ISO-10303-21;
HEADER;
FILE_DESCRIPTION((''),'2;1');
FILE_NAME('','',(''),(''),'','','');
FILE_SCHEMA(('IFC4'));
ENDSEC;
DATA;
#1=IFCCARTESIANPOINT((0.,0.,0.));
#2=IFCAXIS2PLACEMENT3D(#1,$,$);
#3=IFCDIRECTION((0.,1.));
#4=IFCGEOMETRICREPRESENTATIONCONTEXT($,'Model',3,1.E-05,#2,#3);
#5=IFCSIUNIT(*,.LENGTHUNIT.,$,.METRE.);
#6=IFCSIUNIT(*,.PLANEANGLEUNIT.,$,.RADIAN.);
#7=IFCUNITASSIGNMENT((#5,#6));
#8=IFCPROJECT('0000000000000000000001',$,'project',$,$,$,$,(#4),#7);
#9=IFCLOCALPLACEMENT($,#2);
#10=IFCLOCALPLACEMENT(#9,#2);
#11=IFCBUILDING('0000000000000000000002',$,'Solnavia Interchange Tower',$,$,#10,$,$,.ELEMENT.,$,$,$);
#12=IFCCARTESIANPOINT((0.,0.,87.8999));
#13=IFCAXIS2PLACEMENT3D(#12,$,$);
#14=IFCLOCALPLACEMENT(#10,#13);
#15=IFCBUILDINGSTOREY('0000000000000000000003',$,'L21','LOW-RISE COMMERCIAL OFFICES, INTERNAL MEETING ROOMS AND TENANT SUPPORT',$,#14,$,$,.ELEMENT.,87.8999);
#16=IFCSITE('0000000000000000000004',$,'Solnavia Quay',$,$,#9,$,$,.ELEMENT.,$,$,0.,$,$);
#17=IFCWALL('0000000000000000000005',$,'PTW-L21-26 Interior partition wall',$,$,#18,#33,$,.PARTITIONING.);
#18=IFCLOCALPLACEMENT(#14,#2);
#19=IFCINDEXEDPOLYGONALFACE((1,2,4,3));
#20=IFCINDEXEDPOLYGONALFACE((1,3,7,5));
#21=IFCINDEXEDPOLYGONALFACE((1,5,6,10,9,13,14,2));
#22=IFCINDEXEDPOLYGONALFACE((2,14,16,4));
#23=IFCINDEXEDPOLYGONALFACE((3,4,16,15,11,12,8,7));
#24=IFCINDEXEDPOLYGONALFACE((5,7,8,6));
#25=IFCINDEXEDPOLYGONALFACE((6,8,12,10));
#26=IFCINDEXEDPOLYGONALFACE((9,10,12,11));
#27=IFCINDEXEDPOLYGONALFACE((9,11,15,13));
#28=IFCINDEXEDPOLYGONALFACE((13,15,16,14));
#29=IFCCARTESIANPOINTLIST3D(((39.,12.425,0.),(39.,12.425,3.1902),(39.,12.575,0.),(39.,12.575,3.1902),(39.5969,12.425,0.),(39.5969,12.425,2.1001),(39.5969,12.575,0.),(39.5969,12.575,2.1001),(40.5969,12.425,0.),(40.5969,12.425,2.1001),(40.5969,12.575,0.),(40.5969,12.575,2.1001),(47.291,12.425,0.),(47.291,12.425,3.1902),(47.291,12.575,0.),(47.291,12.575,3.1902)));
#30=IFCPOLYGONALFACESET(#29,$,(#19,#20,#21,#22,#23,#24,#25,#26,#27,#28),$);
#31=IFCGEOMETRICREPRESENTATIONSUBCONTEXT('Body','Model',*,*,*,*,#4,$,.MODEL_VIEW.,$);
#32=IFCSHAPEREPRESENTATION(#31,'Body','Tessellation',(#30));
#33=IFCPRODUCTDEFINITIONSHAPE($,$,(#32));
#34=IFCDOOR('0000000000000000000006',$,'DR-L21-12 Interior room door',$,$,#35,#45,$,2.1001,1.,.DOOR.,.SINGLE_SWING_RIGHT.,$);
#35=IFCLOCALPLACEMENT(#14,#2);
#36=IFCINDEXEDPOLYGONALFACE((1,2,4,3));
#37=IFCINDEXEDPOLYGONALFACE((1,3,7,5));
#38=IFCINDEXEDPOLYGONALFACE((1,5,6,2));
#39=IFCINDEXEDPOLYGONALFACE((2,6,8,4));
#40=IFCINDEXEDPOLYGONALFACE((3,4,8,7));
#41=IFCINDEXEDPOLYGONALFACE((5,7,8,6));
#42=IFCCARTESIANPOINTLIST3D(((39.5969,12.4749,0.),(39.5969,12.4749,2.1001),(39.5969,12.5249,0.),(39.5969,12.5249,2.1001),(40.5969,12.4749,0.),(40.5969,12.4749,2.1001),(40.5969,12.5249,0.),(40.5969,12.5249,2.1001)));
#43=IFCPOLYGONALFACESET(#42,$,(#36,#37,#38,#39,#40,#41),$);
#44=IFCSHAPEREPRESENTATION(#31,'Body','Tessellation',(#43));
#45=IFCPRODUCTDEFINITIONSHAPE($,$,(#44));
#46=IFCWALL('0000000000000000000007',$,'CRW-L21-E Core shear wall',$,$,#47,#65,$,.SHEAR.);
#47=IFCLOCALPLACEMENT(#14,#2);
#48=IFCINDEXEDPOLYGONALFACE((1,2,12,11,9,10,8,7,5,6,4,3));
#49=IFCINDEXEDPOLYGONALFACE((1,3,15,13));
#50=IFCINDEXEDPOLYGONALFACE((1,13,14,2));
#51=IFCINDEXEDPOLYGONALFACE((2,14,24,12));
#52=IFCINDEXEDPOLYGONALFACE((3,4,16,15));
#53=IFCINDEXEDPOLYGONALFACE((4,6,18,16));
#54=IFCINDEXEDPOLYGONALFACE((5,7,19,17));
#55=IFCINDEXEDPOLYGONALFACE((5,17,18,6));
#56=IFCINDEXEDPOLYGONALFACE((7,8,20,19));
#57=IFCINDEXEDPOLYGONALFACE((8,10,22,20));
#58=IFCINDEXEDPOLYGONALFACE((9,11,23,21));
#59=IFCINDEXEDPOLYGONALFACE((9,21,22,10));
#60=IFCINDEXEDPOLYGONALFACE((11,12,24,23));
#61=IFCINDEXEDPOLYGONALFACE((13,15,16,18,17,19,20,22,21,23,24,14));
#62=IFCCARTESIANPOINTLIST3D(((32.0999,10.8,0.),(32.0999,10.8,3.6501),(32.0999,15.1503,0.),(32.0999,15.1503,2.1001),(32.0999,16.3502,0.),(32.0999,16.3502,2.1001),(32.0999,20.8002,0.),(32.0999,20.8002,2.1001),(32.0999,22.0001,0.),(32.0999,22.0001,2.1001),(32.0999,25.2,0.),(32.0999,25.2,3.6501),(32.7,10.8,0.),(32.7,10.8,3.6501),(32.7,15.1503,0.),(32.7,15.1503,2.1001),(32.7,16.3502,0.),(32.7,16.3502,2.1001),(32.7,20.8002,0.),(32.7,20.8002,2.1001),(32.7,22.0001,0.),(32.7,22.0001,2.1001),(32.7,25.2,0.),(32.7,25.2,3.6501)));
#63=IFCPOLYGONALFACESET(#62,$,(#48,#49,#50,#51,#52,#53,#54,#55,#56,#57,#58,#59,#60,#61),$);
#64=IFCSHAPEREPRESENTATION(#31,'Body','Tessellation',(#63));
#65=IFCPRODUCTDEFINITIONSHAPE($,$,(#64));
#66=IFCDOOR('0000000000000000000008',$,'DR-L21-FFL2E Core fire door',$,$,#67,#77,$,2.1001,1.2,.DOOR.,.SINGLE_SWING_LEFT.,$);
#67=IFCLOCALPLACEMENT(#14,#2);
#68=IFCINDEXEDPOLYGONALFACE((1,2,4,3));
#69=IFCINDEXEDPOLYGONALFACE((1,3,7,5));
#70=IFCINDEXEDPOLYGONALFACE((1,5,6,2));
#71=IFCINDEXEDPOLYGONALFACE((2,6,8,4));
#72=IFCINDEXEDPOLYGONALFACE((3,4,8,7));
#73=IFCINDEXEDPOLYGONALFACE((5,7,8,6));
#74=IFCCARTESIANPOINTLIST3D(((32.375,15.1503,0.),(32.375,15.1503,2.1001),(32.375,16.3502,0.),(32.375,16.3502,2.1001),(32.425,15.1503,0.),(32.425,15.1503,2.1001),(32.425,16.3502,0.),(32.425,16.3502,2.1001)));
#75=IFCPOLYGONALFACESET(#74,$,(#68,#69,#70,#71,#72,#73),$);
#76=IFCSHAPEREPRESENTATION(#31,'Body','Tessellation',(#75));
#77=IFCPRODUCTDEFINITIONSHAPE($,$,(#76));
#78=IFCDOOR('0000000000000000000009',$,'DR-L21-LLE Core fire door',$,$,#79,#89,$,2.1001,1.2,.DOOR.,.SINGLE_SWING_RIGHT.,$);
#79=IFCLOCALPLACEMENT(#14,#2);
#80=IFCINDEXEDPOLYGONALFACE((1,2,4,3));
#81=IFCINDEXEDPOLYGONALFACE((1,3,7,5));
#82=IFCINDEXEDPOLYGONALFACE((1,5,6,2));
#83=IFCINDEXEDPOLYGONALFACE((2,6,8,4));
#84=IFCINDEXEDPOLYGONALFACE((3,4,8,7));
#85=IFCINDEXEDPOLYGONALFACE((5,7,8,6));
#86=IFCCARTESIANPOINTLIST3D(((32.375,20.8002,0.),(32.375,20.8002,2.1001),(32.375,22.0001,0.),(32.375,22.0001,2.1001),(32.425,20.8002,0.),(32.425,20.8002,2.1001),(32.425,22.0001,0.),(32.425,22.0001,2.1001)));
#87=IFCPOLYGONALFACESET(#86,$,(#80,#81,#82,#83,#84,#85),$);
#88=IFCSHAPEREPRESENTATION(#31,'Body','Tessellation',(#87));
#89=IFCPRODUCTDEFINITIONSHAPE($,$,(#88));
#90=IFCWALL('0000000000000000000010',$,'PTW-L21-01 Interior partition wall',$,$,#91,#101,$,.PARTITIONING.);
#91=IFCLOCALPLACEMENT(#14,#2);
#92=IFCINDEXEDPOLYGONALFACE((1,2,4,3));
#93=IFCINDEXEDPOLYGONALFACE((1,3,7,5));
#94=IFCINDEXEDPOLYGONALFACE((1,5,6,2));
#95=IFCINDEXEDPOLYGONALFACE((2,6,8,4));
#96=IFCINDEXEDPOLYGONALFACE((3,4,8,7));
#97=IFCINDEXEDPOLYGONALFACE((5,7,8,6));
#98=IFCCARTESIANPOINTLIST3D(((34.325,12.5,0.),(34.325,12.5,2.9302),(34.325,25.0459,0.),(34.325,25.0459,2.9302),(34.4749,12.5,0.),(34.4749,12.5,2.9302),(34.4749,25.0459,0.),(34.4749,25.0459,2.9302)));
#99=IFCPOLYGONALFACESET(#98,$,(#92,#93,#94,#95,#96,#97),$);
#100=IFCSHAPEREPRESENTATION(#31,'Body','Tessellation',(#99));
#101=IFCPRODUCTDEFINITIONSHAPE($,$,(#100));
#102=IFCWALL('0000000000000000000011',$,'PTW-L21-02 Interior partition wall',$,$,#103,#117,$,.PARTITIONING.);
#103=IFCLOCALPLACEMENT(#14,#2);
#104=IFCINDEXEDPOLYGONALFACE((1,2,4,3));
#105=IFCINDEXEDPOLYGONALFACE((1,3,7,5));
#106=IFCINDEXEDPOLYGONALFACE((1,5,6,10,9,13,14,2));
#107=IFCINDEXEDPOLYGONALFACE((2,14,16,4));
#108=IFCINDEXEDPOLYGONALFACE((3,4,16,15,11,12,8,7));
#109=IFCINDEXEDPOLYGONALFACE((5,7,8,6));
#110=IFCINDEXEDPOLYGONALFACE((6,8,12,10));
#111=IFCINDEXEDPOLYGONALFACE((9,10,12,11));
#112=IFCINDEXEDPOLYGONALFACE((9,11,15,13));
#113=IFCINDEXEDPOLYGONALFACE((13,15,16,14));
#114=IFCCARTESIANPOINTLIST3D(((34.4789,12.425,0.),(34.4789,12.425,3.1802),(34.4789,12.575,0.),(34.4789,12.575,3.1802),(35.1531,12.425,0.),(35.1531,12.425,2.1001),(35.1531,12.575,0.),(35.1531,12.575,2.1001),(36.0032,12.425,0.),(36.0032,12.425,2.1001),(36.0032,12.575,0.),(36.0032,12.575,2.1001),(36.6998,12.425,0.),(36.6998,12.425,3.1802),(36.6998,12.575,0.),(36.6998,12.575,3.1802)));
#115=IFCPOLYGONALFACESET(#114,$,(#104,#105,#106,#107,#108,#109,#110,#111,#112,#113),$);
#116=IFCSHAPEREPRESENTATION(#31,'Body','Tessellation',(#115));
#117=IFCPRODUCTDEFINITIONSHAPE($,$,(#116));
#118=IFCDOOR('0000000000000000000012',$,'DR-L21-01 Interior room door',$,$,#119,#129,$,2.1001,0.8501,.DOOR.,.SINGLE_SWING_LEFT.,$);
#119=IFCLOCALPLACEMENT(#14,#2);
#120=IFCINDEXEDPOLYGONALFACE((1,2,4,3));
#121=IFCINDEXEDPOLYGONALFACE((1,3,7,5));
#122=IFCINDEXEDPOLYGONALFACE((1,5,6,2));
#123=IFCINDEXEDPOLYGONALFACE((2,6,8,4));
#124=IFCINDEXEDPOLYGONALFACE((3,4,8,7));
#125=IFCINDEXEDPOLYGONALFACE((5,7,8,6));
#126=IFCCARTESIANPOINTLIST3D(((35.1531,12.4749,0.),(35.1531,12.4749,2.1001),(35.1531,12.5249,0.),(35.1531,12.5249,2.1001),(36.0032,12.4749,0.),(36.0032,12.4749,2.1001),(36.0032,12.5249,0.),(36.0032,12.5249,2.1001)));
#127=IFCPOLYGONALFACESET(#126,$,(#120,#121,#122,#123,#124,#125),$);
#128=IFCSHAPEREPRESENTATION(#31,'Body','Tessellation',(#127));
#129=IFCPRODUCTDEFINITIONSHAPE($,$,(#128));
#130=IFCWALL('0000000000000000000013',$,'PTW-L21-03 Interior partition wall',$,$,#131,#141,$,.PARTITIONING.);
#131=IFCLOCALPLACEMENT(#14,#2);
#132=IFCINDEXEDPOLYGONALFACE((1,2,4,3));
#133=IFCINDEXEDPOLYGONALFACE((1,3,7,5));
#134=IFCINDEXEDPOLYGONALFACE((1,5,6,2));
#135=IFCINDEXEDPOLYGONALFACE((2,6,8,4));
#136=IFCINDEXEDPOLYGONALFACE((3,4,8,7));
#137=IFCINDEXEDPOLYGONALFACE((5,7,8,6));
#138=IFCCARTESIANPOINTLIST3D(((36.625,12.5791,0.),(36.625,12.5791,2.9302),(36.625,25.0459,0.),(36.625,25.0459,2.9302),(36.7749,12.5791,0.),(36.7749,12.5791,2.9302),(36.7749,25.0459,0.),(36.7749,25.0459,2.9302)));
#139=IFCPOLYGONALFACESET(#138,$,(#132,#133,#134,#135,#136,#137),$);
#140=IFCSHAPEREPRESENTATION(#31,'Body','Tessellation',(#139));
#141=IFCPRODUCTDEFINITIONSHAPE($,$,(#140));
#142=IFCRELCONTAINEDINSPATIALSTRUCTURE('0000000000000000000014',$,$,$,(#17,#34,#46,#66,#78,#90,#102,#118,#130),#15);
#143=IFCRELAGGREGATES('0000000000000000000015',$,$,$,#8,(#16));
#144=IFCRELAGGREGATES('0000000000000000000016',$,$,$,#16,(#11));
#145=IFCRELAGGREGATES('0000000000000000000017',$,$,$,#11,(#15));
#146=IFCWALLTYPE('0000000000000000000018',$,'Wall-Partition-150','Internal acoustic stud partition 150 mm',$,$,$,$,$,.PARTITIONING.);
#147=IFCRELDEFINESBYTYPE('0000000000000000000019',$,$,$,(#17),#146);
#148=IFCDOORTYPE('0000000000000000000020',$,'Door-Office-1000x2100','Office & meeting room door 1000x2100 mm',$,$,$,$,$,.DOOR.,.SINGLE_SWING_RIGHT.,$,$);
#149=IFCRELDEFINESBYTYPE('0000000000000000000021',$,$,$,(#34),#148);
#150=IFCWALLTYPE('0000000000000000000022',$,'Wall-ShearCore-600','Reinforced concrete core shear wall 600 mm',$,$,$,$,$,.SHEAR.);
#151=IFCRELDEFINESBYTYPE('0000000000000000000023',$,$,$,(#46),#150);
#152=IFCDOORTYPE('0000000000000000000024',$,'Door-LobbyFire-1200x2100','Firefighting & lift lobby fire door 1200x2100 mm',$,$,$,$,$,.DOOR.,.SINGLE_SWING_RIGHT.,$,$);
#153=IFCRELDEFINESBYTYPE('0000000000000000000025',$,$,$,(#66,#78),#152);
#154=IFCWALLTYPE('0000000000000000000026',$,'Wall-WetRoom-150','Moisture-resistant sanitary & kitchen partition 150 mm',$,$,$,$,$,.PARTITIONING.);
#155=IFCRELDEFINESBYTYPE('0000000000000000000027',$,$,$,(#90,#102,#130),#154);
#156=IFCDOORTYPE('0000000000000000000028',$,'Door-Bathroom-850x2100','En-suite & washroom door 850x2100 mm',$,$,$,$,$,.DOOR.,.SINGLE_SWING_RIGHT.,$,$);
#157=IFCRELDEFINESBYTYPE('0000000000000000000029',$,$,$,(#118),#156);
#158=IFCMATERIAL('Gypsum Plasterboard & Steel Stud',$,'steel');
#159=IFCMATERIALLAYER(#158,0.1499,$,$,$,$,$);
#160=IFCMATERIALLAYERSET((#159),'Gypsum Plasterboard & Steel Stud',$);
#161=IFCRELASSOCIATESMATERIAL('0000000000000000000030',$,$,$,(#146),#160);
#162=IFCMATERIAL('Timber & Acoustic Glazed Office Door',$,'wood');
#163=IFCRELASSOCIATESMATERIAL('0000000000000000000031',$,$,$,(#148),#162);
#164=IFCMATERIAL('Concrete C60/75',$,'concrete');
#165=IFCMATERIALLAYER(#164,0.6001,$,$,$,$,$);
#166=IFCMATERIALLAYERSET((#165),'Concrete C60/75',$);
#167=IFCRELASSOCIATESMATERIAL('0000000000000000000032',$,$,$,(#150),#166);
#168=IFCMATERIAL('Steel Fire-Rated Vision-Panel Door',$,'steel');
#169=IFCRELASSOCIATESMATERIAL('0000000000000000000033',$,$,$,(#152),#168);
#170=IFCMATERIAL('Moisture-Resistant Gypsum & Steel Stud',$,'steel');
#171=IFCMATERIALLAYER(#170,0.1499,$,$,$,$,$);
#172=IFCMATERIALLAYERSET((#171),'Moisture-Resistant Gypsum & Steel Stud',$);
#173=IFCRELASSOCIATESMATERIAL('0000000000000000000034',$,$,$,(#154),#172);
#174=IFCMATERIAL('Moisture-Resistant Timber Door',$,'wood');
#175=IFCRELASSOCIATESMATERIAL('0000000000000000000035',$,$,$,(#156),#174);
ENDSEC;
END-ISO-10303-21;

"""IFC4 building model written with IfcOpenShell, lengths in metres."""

from ifc_helpers import new_model, si_unit, direction, frame, frame_2d, origin, place, context, subcontext, project, spatial, rectangle, extrude, material, layer, layer_set, type_object, element, fill, save


model = new_model("IFC4")

# Units and contexts
model_context = context("Model", 3, precision=1e-05, world=origin(), true_north=direction((0.0, 1.0)))
body_context = subcontext(model_context, "Body", "Model", "MODEL_VIEW")
ifc_project = project(units=[si_unit("LENGTHUNIT", "METRE"), si_unit("PLANEANGLEUNIT", "RADIAN")], contexts=[model_context])

# Site, building, storey
site_placement = place(None, origin())
site = spatial("IfcSite", under=ifc_project, at=site_placement, Name="Solnavia Quay", CompositionType="ELEMENT", RefElevation=0.0)
building_placement = place(site_placement, origin())
building = spatial("IfcBuilding", under=site, at=building_placement, Name="Solnavia Interchange Tower", CompositionType="ELEMENT")
storey_placement = place(building_placement, frame((0.0, 0.0, 87.8999)))
storey = spatial("IfcBuildingStorey", under=building, at=storey_placement, Name="L21", Description="LOW-RISE COMMERCIAL OFFICES, INTERNAL MEETING ROOMS AND TENANT SUPPORT", CompositionType="ELEMENT", Elevation=87.8999)

# Shared definitions
ifc_material_1 = material(Name="Gypsum Plasterboard & Steel Stud", Category="steel")
ifc_layer_1 = layer(ifc_material_1, 0.1499)
ifc_layer_set_1 = layer_set([ifc_layer_1], Name="Gypsum Plasterboard & Steel Stud")
wall_type_1 = type_object("IfcWallType", Name="Wall-Partition-150", Description="Internal acoustic stud partition 150 mm", PredefinedType="PARTITIONING", material=ifc_layer_set_1)

# Wall, opening, door
ifc_material_2 = material(Name="Timber & Acoustic Glazed Office Door", Category="wood")
door_type_1 = type_object("IfcDoorType", Name="Door-Office-1000x2100", Description="Office & meeting room door 1000x2100 mm", OperationType="SINGLE_SWING_RIGHT", PredefinedType="DOOR", material=ifc_material_2)
wall_1_placement = place(storey_placement, frame((39.0, 12.5, 0.0), z_axis=(0.0, 0.0, 1.0), x_axis=(1.0, 0.0, 0.0)))
wall_1 = element("IfcWall", 1, at=wall_1_placement, inside=storey, type_object=wall_type_1, Name="PTW-L21-26 Interior partition wall", PredefinedType="PARTITIONING", context=body_context, shape_type="SweptSolid", body=[
    extrude(rectangle(XDim=8.291, YDim=0.1499, at=frame_2d((4.1455, 0.0))), origin(), (0.0, 0.0, 1.0), 3.1902),
])
opening_1_placement = place(wall_1_placement, frame((0.5969, 0.0, 0.0)))
opening_1 = element("IfcOpeningElement", 2, at=opening_1_placement, cuts=wall_1, PredefinedType="OPENING", context=body_context, shape_type="SweptSolid", body=[
    extrude(rectangle(XDim=1.0, YDim=2.1001, at=frame_2d((0.5, 1.05))), frame((0.0, 0.085, 0.0), z_axis=(0.0, -1.0, 0.0), x_axis=(1.0, 0.0, 0.0)), (0.0, 0.0, 1.0), 0.1699),
])
door_1_placement = place(opening_1_placement, origin())
door_1 = element("IfcDoor", 3, at=door_1_placement, inside=storey, type_object=door_type_1, Name="DR-L21-12 Interior room door", OperationType="SINGLE_SWING_RIGHT", OverallHeight=2.1001, OverallWidth=1.0, PredefinedType="DOOR", context=body_context, shape_type="SweptSolid", body=[
    extrude(rectangle(XDim=1.0, YDim=2.1001, at=frame_2d((0.5, 1.05))), frame((0.0, 0.0249, 0.0), z_axis=(0.0, -1.0, 0.0), x_axis=(1.0, 0.0, 0.0)), (0.0, 0.0, 1.0), 0.05),
])
fill(opening_1, door_1)

# Wall, openings, doors
ifc_material_3 = material(Name="Concrete C60/75", Category="concrete")
ifc_layer_2 = layer(ifc_material_3, 0.6001)
ifc_layer_set_2 = layer_set([ifc_layer_2], Name="Concrete C60/75")
wall_type_2 = type_object("IfcWallType", Name="Wall-ShearCore-600", Description="Reinforced concrete core shear wall 600 mm", PredefinedType="SHEAR", material=ifc_layer_set_2)
wall_2_placement = place(storey_placement, frame((32.3999, 10.8, 0.0), z_axis=(0.0, 0.0, 1.0), x_axis=(0.0, 1.0, 0.0)))
wall_2 = element("IfcWall", 4, at=wall_2_placement, inside=storey, type_object=wall_type_2, Name="CRW-L21-E Core shear wall", PredefinedType="SHEAR", context=body_context, shape_type="SweptSolid", body=[
    extrude(rectangle(XDim=14.3999, YDim=0.6001, at=frame_2d((7.2, 0.0))), origin(), (0.0, 0.0, 1.0), 3.6501),
])
opening_2_placement = place(wall_2_placement, frame((4.3501, 0.0, 0.0)))
opening_2 = element("IfcOpeningElement", 5, at=opening_2_placement, cuts=wall_2, PredefinedType="OPENING", context=body_context, shape_type="SweptSolid", body=[
    extrude(rectangle(XDim=1.2, YDim=2.1001, at=frame_2d((0.6001, 1.05))), frame((0.0, 0.3101, 0.0), z_axis=(0.0, -1.0, 0.0), x_axis=(1.0, 0.0, 0.0)), (0.0, 0.0, 1.0), 0.6201),
])
opening_3_placement = place(wall_2_placement, frame((10.0, 0.0, 0.0)))
opening_3 = element("IfcOpeningElement", 6, at=opening_3_placement, cuts=wall_2, PredefinedType="OPENING", context=body_context, shape_type="SweptSolid", body=[
    extrude(rectangle(XDim=1.2, YDim=2.1001, at=frame_2d((0.6001, 1.05))), frame((0.0, 0.3101, 0.0), z_axis=(0.0, -1.0, 0.0), x_axis=(1.0, 0.0, 0.0)), (0.0, 0.0, 1.0), 0.6201),
])
ifc_material_4 = material(Name="Steel Fire-Rated Vision-Panel Door", Category="steel")
door_type_2 = type_object("IfcDoorType", Name="Door-LobbyFire-1200x2100", Description="Firefighting & lift lobby fire door 1200x2100 mm", OperationType="SINGLE_SWING_RIGHT", PredefinedType="DOOR", material=ifc_material_4)
door_2_placement = place(opening_2_placement, origin())
door_2 = element("IfcDoor", 7, at=door_2_placement, inside=storey, type_object=door_type_2, Name="DR-L21-FFL2E Core fire door", OperationType="SINGLE_SWING_LEFT", OverallHeight=2.1001, OverallWidth=1.2, PredefinedType="DOOR", context=body_context, shape_type="SweptSolid", body=[
    extrude(rectangle(XDim=1.2, YDim=2.1001, at=frame_2d((0.6001, 1.05))), frame((0.0, 0.0249, 0.0), z_axis=(0.0, -1.0, 0.0), x_axis=(1.0, 0.0, 0.0)), (0.0, 0.0, 1.0), 0.05),
])
fill(opening_2, door_2)
door_3_placement = place(opening_3_placement, origin())
door_3 = element("IfcDoor", 8, at=door_3_placement, inside=storey, type_object=door_type_2, Name="DR-L21-LLE Core fire door", OperationType="SINGLE_SWING_RIGHT", OverallHeight=2.1001, OverallWidth=1.2, PredefinedType="DOOR", context=body_context, shape_type="SweptSolid", body=[
    extrude(rectangle(XDim=1.2, YDim=2.1001, at=frame_2d((0.6001, 1.05))), frame((0.0, 0.0249, 0.0), z_axis=(0.0, -1.0, 0.0), x_axis=(1.0, 0.0, 0.0)), (0.0, 0.0, 1.0), 0.05),
])
fill(opening_3, door_3)

# Wall
ifc_material_5 = material(Name="Moisture-Resistant Gypsum & Steel Stud", Category="steel")
ifc_layer_3 = layer(ifc_material_5, 0.1499)
ifc_layer_set_3 = layer_set([ifc_layer_3], Name="Moisture-Resistant Gypsum & Steel Stud")
wall_type_3 = type_object("IfcWallType", Name="Wall-WetRoom-150", Description="Moisture-resistant sanitary & kitchen partition 150 mm", PredefinedType="PARTITIONING", material=ifc_layer_set_3)
wall_3_placement = place(storey_placement, frame((34.3999, 12.5, 0.0), z_axis=(0.0, 0.0, 1.0), x_axis=(0.0, 1.0, 0.0)))
element("IfcWall", 9, at=wall_3_placement, inside=storey, type_object=wall_type_3, Name="PTW-L21-01 Interior partition wall", PredefinedType="PARTITIONING", context=body_context, shape_type="SweptSolid", body=[
    extrude(rectangle(XDim=12.5459, YDim=0.1499, at=frame_2d((6.2729, 0.0))), origin(), (0.0, 0.0, 1.0), 2.9302),
])

# Wall, opening, door
wall_4_placement = place(storey_placement, frame((34.479, 12.5, 0.0), z_axis=(0.0, 0.0, 1.0), x_axis=(1.0, 0.0, 0.0)))
wall_4 = element("IfcWall", 10, at=wall_4_placement, inside=storey, type_object=wall_type_3, Name="PTW-L21-02 Interior partition wall", PredefinedType="PARTITIONING", context=body_context, shape_type="SweptSolid", body=[
    extrude(rectangle(XDim=2.2209, YDim=0.1499, at=frame_2d((1.1104, 0.0))), origin(), (0.0, 0.0, 1.0), 3.1802),
])
opening_4_placement = place(wall_4_placement, frame((0.6741, 0.0, 0.0)))
opening_4 = element("IfcOpeningElement", 11, at=opening_4_placement, cuts=wall_4, PredefinedType="OPENING", context=body_context, shape_type="SweptSolid", body=[
    extrude(rectangle(XDim=0.8501, YDim=2.1001, at=frame_2d((0.425, 1.05))), frame((0.0, 0.085, 0.0), z_axis=(0.0, -1.0, 0.0), x_axis=(1.0, 0.0, 0.0)), (0.0, 0.0, 1.0), 0.1699),
])
ifc_material_6 = material(Name="Moisture-Resistant Timber Door", Category="wood")
door_type_3 = type_object("IfcDoorType", Name="Door-Bathroom-850x2100", Description="En-suite & washroom door 850x2100 mm", OperationType="SINGLE_SWING_RIGHT", PredefinedType="DOOR", material=ifc_material_6)
door_4_placement = place(opening_4_placement, origin())
door_4 = element("IfcDoor", 12, at=door_4_placement, inside=storey, type_object=door_type_3, Name="DR-L21-01 Interior room door", OperationType="SINGLE_SWING_LEFT", OverallHeight=2.1001, OverallWidth=0.8501, PredefinedType="DOOR", context=body_context, shape_type="SweptSolid", body=[
    extrude(rectangle(XDim=0.8501, YDim=2.1001, at=frame_2d((0.425, 1.05))), frame((0.0, 0.0249, 0.0), z_axis=(0.0, -1.0, 0.0), x_axis=(1.0, 0.0, 0.0)), (0.0, 0.0, 1.0), 0.05),
])
fill(opening_4, door_4)

# Wall
wall_5_placement = place(storey_placement, frame((36.7, 12.5791, 0.0), z_axis=(0.0, 0.0, 1.0), x_axis=(0.0, 1.0, 0.0)))
element("IfcWall", 13, at=wall_5_placement, inside=storey, type_object=wall_type_3, Name="PTW-L21-03 Interior partition wall", PredefinedType="PARTITIONING", context=body_context, shape_type="SweptSolid", body=[
    extrude(rectangle(XDim=12.4668, YDim=0.1499, at=frame_2d((6.2334, 0.0))), origin(), (0.0, 0.0, 1.0), 2.9302),
])

save(model, "model.ifc")
